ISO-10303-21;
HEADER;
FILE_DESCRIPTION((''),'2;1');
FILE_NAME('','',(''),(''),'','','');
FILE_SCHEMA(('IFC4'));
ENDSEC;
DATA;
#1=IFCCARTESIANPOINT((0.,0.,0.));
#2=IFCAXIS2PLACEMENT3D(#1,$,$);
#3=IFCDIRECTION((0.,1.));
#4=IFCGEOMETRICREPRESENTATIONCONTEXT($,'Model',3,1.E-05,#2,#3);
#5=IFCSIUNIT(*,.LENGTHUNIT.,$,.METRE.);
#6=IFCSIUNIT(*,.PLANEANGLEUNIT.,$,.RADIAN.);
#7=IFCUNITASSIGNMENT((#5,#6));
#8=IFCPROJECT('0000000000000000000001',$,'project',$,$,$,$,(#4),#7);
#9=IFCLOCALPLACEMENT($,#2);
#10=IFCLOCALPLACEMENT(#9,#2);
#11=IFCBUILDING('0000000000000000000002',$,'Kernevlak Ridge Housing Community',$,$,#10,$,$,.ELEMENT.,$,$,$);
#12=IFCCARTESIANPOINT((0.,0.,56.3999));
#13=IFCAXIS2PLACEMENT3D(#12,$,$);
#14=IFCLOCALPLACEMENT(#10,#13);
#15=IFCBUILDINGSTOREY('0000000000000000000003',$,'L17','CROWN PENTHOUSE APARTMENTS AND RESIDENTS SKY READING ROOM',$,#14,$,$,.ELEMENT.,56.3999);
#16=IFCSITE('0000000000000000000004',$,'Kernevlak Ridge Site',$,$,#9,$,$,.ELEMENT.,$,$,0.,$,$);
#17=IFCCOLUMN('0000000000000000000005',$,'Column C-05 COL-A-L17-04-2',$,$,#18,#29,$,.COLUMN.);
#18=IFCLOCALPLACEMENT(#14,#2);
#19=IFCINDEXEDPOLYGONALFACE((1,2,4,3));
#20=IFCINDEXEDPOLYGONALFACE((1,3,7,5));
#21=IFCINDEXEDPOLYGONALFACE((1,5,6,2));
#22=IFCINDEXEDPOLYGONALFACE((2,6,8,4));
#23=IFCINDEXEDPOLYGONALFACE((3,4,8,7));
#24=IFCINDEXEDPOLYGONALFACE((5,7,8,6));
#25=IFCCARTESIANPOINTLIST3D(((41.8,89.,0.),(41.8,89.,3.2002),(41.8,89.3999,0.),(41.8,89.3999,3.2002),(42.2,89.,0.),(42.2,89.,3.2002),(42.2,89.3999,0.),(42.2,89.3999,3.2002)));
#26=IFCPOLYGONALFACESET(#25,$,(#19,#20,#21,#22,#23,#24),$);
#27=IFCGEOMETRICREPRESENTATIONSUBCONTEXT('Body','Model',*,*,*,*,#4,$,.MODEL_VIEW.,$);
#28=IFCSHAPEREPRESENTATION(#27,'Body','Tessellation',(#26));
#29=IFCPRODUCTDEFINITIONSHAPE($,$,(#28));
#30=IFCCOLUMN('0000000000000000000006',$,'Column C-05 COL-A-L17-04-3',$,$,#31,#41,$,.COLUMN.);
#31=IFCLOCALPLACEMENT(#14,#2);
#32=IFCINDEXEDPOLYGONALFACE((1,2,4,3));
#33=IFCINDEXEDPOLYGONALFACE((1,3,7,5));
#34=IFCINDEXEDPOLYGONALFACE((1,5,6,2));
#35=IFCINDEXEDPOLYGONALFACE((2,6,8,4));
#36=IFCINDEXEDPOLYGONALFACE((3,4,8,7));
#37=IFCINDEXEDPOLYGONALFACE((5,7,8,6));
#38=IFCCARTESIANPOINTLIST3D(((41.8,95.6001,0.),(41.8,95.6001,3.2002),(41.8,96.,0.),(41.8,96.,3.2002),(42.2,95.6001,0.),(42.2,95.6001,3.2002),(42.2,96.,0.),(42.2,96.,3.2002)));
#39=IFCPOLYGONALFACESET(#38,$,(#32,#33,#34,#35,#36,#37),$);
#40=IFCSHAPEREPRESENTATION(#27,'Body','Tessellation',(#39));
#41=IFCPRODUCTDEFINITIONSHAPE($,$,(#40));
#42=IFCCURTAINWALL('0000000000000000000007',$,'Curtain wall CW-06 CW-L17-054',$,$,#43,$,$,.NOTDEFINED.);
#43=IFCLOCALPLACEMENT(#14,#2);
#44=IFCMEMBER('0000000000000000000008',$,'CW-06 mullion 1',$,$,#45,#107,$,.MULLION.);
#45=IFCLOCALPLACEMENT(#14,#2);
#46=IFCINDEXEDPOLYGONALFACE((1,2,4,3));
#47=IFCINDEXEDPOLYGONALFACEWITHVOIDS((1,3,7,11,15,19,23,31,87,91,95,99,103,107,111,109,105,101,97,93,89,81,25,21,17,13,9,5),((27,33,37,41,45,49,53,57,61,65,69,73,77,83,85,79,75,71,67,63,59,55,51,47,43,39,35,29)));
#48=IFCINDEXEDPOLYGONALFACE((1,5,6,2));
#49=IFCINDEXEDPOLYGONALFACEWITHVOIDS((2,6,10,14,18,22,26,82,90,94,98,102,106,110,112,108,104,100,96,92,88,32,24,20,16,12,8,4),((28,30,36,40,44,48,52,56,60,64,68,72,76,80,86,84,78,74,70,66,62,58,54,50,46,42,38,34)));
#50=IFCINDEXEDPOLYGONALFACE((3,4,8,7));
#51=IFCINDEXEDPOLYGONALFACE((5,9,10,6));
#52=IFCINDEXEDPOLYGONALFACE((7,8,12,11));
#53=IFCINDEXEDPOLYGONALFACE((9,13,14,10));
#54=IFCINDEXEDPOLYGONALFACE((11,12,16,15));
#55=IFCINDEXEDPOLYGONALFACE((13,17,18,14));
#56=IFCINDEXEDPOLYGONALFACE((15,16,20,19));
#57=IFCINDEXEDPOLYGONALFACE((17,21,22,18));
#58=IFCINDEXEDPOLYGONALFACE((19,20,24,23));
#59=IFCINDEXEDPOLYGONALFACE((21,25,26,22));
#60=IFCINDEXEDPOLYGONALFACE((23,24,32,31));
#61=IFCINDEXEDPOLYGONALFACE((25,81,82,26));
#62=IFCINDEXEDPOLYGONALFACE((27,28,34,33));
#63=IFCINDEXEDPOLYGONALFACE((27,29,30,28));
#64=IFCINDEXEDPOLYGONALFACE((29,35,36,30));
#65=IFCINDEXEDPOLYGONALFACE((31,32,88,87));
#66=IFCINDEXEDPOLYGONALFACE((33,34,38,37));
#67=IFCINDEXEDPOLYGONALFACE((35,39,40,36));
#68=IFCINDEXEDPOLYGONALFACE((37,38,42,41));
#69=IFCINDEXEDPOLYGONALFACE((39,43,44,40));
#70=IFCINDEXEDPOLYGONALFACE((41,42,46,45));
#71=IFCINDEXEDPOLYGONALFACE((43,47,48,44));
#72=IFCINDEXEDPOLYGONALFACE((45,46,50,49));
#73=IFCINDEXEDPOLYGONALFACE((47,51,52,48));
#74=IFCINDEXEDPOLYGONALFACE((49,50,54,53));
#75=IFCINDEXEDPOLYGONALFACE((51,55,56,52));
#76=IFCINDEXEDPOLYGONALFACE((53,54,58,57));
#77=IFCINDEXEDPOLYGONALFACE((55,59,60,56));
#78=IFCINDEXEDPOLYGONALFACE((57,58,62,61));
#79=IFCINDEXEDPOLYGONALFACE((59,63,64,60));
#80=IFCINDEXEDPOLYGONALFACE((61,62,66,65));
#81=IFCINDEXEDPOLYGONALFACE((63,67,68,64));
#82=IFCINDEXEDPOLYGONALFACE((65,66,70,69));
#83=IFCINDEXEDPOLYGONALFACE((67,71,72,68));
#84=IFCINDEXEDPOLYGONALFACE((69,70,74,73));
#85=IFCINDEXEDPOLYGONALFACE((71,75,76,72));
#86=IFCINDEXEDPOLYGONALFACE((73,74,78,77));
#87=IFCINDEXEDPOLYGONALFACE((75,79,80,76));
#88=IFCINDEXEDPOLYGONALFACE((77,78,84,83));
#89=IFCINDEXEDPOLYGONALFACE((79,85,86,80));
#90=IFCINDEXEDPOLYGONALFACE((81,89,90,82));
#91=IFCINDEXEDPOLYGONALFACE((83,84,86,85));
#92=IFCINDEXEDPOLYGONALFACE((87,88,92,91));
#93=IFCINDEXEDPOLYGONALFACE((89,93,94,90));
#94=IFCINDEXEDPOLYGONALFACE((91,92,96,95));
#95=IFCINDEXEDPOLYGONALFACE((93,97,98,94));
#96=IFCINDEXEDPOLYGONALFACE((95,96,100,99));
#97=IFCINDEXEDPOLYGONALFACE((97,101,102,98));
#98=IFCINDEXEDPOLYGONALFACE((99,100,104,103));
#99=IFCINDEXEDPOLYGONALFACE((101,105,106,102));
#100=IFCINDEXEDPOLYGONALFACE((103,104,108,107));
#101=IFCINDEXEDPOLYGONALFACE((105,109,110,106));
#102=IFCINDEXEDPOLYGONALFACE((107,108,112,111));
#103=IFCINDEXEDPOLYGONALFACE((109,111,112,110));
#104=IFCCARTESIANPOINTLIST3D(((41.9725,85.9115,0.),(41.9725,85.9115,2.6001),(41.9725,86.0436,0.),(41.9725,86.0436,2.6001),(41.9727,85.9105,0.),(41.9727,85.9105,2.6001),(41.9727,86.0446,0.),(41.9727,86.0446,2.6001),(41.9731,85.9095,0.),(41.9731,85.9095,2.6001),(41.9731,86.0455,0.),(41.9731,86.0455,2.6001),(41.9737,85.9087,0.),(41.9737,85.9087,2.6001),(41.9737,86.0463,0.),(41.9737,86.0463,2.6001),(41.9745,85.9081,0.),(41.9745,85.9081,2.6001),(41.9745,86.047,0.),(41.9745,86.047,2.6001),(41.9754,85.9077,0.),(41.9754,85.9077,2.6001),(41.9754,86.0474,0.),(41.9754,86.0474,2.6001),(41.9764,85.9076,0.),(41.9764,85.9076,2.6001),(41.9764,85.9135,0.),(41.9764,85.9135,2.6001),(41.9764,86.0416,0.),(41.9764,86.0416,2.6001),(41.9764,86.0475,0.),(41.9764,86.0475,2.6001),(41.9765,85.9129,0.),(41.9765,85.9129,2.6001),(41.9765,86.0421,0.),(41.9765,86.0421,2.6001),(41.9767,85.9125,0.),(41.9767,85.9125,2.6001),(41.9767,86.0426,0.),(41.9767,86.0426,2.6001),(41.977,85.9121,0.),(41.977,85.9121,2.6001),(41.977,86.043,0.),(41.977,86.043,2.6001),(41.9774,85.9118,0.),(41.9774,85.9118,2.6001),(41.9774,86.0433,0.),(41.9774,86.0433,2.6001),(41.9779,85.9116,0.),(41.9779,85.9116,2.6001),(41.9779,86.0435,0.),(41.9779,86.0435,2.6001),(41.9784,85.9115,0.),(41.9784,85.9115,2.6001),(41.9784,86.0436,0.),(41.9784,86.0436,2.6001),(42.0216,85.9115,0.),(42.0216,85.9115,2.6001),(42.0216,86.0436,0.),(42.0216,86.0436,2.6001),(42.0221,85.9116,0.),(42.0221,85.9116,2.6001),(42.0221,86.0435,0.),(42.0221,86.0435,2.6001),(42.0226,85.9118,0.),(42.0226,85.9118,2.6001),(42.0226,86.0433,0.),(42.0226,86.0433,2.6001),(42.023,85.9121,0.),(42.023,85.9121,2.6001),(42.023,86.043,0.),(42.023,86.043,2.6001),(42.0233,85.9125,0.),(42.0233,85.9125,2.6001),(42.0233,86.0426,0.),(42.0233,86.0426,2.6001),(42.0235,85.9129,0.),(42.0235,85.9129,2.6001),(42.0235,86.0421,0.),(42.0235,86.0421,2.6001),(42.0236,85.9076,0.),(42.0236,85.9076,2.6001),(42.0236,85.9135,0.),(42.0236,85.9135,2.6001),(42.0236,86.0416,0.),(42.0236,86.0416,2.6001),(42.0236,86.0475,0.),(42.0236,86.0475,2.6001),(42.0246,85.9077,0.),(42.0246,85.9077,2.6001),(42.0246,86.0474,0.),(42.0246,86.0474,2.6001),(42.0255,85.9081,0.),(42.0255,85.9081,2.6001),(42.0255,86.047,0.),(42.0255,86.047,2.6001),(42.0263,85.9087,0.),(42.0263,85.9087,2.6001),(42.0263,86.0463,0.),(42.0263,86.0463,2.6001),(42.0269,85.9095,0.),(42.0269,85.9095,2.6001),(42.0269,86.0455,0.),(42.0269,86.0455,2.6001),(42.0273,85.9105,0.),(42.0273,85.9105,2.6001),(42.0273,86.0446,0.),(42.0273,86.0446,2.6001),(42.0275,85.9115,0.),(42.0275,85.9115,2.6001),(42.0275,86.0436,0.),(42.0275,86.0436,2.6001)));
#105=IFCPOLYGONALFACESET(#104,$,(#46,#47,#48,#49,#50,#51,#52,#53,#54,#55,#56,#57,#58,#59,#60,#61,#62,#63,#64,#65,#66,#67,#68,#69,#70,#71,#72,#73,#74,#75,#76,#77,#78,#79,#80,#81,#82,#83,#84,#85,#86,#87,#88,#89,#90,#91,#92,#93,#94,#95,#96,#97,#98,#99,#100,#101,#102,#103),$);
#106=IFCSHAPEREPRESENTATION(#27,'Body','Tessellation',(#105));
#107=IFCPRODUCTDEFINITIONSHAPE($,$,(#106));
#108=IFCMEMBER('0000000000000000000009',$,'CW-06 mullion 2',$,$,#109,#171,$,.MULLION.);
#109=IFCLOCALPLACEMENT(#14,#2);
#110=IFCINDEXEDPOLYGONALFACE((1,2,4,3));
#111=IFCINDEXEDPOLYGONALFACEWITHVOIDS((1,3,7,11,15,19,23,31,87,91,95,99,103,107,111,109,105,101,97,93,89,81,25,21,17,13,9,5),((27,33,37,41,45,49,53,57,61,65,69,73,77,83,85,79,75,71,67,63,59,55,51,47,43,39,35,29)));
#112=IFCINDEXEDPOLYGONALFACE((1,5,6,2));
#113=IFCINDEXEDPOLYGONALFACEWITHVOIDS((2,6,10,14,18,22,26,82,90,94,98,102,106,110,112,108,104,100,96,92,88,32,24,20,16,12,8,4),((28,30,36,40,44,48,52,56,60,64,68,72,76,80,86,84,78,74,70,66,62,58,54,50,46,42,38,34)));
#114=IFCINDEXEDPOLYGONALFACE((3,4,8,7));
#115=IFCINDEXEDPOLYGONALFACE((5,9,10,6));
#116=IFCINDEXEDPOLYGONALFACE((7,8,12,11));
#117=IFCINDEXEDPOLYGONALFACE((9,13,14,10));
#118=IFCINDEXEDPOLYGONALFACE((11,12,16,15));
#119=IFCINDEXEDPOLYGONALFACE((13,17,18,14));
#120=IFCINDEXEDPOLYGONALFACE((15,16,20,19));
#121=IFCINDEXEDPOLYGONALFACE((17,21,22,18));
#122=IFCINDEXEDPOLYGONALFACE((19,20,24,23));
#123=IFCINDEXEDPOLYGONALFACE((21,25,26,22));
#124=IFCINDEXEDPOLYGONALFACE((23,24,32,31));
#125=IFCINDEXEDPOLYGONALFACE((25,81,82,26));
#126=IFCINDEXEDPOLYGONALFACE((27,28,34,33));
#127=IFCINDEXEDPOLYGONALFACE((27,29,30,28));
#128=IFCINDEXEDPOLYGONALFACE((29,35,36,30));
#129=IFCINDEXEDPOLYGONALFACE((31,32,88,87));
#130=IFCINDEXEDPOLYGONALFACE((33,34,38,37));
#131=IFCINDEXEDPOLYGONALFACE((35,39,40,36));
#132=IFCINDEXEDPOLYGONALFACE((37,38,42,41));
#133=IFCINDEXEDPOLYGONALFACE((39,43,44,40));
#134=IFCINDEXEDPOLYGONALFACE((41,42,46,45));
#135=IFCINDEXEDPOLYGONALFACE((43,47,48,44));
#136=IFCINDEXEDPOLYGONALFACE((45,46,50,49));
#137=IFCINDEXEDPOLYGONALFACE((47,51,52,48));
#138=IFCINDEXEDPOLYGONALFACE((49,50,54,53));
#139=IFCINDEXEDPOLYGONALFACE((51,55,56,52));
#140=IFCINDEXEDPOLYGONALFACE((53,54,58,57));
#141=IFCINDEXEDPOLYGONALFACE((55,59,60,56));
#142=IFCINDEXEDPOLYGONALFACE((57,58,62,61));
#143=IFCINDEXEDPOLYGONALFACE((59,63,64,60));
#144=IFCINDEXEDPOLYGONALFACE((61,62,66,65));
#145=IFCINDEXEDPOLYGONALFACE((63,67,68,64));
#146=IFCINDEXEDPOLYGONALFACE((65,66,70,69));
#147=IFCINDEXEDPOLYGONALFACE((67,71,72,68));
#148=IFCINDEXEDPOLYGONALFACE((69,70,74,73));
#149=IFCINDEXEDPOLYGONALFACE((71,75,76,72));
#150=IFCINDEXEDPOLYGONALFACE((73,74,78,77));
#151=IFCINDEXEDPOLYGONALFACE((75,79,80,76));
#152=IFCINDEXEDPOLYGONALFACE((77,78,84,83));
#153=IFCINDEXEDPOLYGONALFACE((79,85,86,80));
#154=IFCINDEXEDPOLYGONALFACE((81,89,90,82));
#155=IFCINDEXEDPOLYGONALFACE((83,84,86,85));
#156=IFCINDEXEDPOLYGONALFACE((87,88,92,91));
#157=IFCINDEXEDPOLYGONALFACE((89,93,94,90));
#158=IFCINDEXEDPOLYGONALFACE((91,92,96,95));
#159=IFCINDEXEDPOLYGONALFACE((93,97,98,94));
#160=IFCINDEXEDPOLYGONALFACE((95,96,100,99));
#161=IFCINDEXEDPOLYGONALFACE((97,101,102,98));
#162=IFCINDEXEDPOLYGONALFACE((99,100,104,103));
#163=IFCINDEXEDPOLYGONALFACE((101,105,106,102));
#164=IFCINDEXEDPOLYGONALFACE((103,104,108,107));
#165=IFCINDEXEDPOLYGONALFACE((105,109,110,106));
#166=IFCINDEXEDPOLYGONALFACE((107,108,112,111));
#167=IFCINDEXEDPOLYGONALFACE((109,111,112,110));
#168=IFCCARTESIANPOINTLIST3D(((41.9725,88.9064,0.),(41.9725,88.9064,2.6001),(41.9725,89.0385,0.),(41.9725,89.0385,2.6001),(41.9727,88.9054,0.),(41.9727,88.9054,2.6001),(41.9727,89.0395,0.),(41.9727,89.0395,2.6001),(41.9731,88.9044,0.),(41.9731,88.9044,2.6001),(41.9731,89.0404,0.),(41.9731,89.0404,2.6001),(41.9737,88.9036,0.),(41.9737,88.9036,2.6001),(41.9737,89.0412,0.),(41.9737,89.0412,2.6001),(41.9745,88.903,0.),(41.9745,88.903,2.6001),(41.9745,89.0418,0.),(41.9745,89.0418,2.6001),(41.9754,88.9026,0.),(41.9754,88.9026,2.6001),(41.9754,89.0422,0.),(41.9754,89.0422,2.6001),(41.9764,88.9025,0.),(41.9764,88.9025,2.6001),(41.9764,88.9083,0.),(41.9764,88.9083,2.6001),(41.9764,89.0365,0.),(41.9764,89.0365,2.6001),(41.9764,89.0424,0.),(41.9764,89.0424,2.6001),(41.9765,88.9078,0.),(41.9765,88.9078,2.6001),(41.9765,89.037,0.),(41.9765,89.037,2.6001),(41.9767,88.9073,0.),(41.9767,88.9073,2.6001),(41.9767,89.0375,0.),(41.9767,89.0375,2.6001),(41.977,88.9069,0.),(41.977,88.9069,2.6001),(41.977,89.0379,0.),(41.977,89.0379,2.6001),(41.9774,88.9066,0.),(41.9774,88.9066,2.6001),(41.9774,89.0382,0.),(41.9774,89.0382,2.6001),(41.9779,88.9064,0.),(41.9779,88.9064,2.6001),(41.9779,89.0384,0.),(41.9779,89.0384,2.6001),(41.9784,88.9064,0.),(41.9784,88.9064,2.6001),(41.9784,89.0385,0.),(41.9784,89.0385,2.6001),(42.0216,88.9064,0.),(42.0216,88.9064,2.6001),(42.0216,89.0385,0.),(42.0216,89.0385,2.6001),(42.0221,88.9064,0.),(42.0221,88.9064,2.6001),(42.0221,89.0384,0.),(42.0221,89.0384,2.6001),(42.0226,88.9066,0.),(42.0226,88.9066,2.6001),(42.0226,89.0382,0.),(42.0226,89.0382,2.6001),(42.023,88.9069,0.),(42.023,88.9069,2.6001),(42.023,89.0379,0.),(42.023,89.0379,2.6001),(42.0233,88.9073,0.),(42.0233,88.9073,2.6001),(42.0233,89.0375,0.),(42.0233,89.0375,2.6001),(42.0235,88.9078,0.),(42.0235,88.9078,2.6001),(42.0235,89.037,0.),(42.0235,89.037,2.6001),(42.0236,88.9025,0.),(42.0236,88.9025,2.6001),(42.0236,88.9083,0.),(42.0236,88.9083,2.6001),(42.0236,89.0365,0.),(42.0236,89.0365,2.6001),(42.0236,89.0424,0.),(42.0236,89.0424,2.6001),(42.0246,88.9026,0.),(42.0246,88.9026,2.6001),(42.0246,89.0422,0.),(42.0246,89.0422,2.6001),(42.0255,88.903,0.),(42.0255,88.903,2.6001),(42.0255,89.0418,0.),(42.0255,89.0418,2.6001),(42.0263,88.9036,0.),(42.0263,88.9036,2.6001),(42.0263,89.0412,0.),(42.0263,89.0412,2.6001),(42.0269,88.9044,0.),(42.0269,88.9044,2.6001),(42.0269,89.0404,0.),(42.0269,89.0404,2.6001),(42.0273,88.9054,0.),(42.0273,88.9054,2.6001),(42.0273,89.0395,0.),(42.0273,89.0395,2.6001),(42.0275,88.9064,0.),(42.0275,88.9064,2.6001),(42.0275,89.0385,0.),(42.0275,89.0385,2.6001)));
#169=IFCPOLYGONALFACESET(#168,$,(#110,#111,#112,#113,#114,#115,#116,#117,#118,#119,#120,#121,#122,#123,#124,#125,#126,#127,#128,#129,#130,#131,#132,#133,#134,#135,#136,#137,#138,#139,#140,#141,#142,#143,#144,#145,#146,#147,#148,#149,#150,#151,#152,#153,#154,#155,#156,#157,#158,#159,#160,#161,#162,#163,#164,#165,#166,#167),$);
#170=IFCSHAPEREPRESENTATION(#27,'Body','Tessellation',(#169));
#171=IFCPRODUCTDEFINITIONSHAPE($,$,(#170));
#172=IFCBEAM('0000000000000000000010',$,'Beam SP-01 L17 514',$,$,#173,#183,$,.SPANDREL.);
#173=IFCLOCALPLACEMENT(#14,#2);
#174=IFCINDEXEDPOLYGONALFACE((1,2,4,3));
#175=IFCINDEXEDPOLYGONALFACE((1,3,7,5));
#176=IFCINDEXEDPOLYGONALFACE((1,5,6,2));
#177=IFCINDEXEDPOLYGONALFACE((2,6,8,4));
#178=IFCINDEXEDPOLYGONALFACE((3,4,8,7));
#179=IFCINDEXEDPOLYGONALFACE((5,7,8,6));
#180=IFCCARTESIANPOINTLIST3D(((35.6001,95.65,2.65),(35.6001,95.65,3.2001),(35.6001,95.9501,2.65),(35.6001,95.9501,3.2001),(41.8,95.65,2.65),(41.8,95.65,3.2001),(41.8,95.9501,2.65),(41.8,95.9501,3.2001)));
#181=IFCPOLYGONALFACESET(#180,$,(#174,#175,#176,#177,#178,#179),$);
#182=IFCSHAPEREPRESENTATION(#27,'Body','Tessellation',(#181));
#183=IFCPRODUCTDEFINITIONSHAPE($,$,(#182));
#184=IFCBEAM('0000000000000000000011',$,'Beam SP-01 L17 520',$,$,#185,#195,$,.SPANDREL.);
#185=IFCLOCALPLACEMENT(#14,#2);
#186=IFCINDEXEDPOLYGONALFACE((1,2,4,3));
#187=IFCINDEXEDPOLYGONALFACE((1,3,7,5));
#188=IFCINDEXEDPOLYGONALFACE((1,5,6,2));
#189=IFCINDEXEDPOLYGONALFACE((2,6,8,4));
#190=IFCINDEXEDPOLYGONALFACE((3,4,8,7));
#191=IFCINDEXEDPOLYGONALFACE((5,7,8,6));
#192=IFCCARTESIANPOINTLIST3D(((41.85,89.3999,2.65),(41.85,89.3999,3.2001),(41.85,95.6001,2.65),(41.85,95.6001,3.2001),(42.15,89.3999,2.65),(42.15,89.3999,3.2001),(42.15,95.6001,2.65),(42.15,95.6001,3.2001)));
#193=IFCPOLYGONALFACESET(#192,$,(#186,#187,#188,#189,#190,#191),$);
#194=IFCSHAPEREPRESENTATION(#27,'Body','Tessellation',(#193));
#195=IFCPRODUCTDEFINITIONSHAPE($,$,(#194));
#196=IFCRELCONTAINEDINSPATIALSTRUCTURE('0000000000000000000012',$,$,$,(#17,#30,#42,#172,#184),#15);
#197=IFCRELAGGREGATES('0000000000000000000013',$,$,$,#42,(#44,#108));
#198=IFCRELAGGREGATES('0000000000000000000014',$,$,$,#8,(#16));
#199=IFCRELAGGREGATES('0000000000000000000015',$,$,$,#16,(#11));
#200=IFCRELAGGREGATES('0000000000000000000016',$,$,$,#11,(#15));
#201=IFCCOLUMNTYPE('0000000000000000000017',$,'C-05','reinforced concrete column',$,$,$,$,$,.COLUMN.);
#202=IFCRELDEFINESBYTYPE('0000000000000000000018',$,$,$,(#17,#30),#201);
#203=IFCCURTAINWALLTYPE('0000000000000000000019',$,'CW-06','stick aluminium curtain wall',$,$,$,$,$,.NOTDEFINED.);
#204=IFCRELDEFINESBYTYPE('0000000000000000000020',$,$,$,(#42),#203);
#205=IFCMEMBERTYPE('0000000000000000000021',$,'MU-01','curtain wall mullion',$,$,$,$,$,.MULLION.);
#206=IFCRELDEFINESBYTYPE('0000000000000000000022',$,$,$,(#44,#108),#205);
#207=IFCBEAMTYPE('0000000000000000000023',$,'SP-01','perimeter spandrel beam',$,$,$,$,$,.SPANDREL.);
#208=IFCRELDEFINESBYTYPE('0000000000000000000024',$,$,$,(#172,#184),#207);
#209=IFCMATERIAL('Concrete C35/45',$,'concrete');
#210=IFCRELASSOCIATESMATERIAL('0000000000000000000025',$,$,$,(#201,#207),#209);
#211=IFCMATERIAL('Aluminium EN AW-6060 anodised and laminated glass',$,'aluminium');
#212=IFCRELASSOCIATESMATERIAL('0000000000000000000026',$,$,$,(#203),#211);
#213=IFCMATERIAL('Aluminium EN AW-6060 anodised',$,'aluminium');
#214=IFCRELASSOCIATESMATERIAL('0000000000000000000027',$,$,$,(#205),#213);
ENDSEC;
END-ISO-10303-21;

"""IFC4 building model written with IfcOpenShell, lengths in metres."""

from ifc_helpers import new_model, si_unit, direction, frame, origin, origin_2d, place, context, subcontext, project, spatial, rectangle, hollow_rectangle, extrude, material, material_profile, profile_set, type_object, element, aggregate, save


model = new_model("IFC4")

# Units and contexts
model_context = context("Model", 3, precision=1e-05, world=origin(), true_north=direction((0.0, 1.0)))
body_context = subcontext(model_context, "Body", "Model", "MODEL_VIEW")
ifc_project = project(units=[si_unit("LENGTHUNIT", "METRE"), si_unit("PLANEANGLEUNIT", "RADIAN")], contexts=[model_context])

# Site, building, storey
site_placement = place(None, origin())
site = spatial("IfcSite", under=ifc_project, at=site_placement, Name="Kernevlak Ridge Site", CompositionType="ELEMENT", RefElevation=0.0)
building_placement = place(site_placement, origin())
building = spatial("IfcBuilding", under=site, at=building_placement, Name="Kernevlak Ridge Housing Community", CompositionType="ELEMENT")
storey_placement = place(building_placement, frame((0.0, 0.0, 56.3999)))
storey = spatial("IfcBuildingStorey", under=building, at=storey_placement, Name="L17", Description="CROWN PENTHOUSE APARTMENTS AND RESIDENTS SKY READING ROOM", CompositionType="ELEMENT", Elevation=56.3999)

# Columns
ifc_material_1 = material(Name="Concrete C35/45", Category="concrete")
ifc_material_profile_1 = material_profile(ifc_material_1, rectangle(XDim=0.3999, YDim=0.3999, at=origin_2d()), Name="RC 400x400")
ifc_profile_set_1 = profile_set([ifc_material_profile_1], Name="Concrete C35/45")
column_type = type_object("IfcColumnType", Name="C-05", Description="reinforced concrete column", PredefinedType="COLUMN", material=ifc_profile_set_1)
for number, where, z_axis, x_axis, name in (
    (1, (42.0, 89.2, 0.0), (0.0, 0.0, 1.0), (1.0, 0.0, 0.0), "Column C-05 COL-A-L17-04-2"),
    (2, (42.0, 95.8, 0.0), (0.0, 0.0, 1.0), (1.0, 0.0, 0.0), "Column C-05 COL-A-L17-04-3"),
):
    element("IfcColumn", number, at=place(storey_placement, frame(where, z_axis=z_axis, x_axis=x_axis)), inside=storey, type_object=column_type, Name=name, PredefinedType="COLUMN", context=body_context, shape_type="SweptSolid", body=[
        extrude(rectangle(XDim=0.3999, YDim=0.3999, at=origin_2d()), origin(), (0.0, 0.0, 1.0), 3.2002),
    ])

# Curtain wall, members
ifc_material_2 = material(Name="Aluminium EN AW-6060 anodised and laminated glass", Category="aluminium")
curtain_wall_type = type_object("IfcCurtainWallType", Name="CW-06", Description="stick aluminium curtain wall", PredefinedType="NOTDEFINED", material=ifc_material_2)
curtain_wall_placement = place(storey_placement, origin())
curtain_wall = element("IfcCurtainWall", 3, at=curtain_wall_placement, inside=storey, type_object=curtain_wall_type, Name="Curtain wall CW-06 CW-L17-054", PredefinedType="NOTDEFINED")
ifc_material_3 = material(Name="Aluminium EN AW-6060 anodised", Category="aluminium")
ifc_material_profile_2 = material_profile(ifc_material_3, hollow_rectangle(XDim=0.0549, YDim=0.1399, WallThickness=0.0039, InnerFilletRadius=0.002, OuterFilletRadius=0.0039, at=origin_2d()), Name="ALU 55x140x4")
ifc_profile_set_2 = profile_set([ifc_material_profile_2], Name="Aluminium EN AW-6060 anodised")
member_type_1 = type_object("IfcMemberType", Name="MU-01", Description="curtain wall mullion", PredefinedType="MULLION", material=ifc_profile_set_2)
member_1_placement = place(storey_placement, frame((42.0, 85.9775, 0.0), z_axis=(0.0, 0.0, 1.0), x_axis=(-1.0, 0.0, 0.0)))
member_1 = element("IfcMember", 4, at=member_1_placement, type_object=member_type_1, Name="CW-06 mullion 1", PredefinedType="MULLION", context=body_context, shape_type="SweptSolid", body=[
    extrude(hollow_rectangle(XDim=0.0549, YDim=0.1399, WallThickness=0.0039, InnerFilletRadius=0.002, OuterFilletRadius=0.0039, at=origin_2d()), origin(), (0.0, 0.0, 1.0), 2.6001),
])
member_2_placement = place(storey_placement, frame((42.0, 88.9724, 0.0), z_axis=(0.0, 0.0, 1.0), x_axis=(-1.0, 0.0, 0.0)))
member_2 = element("IfcMember", 5, at=member_2_placement, type_object=member_type_1, Name="CW-06 mullion 2", PredefinedType="MULLION", context=body_context, shape_type="SweptSolid", body=[
    extrude(hollow_rectangle(XDim=0.0549, YDim=0.1399, WallThickness=0.0039, InnerFilletRadius=0.002, OuterFilletRadius=0.0039, at=origin_2d()), origin(), (0.0, 0.0, 1.0), 2.6001),
])

# Beams
ifc_material_profile_3 = material_profile(ifc_material_1, rectangle(XDim=0.3, YDim=0.55, at=origin_2d()), Name="RC 300x550")
ifc_profile_set_3 = profile_set([ifc_material_profile_3], Name="Concrete C35/45")
beam_type = type_object("IfcBeamType", Name="SP-01", Description="perimeter spandrel beam", PredefinedType="SPANDREL", material=ifc_profile_set_3)
beam_1_placement = place(storey_placement, frame((35.6001, 95.8, 2.925), z_axis=(1.0, 0.0, 0.0), x_axis=(0.0, 1.0, 0.0)))
element("IfcBeam", 6, at=beam_1_placement, inside=storey, type_object=beam_type, Name="Beam SP-01 L17 514", PredefinedType="SPANDREL", context=body_context, shape_type="SweptSolid", body=[
    extrude(rectangle(XDim=0.3, YDim=0.55, at=origin_2d()), origin(), (0.0, 0.0, 1.0), 6.2),
])
beam_2_placement = place(storey_placement, frame((42.0, 89.3999, 2.925), z_axis=(0.0, 1.0, 0.0), x_axis=(-1.0, 0.0, 0.0)))
element("IfcBeam", 7, at=beam_2_placement, inside=storey, type_object=beam_type, Name="Beam SP-01 L17 520", PredefinedType="SPANDREL", context=body_context, shape_type="SweptSolid", body=[
    extrude(rectangle(XDim=0.3, YDim=0.55, at=origin_2d()), origin(), (0.0, 0.0, 1.0), 6.2002),
])

aggregate(curtain_wall, [member_1, member_2])

save(model, "model.ifc")
